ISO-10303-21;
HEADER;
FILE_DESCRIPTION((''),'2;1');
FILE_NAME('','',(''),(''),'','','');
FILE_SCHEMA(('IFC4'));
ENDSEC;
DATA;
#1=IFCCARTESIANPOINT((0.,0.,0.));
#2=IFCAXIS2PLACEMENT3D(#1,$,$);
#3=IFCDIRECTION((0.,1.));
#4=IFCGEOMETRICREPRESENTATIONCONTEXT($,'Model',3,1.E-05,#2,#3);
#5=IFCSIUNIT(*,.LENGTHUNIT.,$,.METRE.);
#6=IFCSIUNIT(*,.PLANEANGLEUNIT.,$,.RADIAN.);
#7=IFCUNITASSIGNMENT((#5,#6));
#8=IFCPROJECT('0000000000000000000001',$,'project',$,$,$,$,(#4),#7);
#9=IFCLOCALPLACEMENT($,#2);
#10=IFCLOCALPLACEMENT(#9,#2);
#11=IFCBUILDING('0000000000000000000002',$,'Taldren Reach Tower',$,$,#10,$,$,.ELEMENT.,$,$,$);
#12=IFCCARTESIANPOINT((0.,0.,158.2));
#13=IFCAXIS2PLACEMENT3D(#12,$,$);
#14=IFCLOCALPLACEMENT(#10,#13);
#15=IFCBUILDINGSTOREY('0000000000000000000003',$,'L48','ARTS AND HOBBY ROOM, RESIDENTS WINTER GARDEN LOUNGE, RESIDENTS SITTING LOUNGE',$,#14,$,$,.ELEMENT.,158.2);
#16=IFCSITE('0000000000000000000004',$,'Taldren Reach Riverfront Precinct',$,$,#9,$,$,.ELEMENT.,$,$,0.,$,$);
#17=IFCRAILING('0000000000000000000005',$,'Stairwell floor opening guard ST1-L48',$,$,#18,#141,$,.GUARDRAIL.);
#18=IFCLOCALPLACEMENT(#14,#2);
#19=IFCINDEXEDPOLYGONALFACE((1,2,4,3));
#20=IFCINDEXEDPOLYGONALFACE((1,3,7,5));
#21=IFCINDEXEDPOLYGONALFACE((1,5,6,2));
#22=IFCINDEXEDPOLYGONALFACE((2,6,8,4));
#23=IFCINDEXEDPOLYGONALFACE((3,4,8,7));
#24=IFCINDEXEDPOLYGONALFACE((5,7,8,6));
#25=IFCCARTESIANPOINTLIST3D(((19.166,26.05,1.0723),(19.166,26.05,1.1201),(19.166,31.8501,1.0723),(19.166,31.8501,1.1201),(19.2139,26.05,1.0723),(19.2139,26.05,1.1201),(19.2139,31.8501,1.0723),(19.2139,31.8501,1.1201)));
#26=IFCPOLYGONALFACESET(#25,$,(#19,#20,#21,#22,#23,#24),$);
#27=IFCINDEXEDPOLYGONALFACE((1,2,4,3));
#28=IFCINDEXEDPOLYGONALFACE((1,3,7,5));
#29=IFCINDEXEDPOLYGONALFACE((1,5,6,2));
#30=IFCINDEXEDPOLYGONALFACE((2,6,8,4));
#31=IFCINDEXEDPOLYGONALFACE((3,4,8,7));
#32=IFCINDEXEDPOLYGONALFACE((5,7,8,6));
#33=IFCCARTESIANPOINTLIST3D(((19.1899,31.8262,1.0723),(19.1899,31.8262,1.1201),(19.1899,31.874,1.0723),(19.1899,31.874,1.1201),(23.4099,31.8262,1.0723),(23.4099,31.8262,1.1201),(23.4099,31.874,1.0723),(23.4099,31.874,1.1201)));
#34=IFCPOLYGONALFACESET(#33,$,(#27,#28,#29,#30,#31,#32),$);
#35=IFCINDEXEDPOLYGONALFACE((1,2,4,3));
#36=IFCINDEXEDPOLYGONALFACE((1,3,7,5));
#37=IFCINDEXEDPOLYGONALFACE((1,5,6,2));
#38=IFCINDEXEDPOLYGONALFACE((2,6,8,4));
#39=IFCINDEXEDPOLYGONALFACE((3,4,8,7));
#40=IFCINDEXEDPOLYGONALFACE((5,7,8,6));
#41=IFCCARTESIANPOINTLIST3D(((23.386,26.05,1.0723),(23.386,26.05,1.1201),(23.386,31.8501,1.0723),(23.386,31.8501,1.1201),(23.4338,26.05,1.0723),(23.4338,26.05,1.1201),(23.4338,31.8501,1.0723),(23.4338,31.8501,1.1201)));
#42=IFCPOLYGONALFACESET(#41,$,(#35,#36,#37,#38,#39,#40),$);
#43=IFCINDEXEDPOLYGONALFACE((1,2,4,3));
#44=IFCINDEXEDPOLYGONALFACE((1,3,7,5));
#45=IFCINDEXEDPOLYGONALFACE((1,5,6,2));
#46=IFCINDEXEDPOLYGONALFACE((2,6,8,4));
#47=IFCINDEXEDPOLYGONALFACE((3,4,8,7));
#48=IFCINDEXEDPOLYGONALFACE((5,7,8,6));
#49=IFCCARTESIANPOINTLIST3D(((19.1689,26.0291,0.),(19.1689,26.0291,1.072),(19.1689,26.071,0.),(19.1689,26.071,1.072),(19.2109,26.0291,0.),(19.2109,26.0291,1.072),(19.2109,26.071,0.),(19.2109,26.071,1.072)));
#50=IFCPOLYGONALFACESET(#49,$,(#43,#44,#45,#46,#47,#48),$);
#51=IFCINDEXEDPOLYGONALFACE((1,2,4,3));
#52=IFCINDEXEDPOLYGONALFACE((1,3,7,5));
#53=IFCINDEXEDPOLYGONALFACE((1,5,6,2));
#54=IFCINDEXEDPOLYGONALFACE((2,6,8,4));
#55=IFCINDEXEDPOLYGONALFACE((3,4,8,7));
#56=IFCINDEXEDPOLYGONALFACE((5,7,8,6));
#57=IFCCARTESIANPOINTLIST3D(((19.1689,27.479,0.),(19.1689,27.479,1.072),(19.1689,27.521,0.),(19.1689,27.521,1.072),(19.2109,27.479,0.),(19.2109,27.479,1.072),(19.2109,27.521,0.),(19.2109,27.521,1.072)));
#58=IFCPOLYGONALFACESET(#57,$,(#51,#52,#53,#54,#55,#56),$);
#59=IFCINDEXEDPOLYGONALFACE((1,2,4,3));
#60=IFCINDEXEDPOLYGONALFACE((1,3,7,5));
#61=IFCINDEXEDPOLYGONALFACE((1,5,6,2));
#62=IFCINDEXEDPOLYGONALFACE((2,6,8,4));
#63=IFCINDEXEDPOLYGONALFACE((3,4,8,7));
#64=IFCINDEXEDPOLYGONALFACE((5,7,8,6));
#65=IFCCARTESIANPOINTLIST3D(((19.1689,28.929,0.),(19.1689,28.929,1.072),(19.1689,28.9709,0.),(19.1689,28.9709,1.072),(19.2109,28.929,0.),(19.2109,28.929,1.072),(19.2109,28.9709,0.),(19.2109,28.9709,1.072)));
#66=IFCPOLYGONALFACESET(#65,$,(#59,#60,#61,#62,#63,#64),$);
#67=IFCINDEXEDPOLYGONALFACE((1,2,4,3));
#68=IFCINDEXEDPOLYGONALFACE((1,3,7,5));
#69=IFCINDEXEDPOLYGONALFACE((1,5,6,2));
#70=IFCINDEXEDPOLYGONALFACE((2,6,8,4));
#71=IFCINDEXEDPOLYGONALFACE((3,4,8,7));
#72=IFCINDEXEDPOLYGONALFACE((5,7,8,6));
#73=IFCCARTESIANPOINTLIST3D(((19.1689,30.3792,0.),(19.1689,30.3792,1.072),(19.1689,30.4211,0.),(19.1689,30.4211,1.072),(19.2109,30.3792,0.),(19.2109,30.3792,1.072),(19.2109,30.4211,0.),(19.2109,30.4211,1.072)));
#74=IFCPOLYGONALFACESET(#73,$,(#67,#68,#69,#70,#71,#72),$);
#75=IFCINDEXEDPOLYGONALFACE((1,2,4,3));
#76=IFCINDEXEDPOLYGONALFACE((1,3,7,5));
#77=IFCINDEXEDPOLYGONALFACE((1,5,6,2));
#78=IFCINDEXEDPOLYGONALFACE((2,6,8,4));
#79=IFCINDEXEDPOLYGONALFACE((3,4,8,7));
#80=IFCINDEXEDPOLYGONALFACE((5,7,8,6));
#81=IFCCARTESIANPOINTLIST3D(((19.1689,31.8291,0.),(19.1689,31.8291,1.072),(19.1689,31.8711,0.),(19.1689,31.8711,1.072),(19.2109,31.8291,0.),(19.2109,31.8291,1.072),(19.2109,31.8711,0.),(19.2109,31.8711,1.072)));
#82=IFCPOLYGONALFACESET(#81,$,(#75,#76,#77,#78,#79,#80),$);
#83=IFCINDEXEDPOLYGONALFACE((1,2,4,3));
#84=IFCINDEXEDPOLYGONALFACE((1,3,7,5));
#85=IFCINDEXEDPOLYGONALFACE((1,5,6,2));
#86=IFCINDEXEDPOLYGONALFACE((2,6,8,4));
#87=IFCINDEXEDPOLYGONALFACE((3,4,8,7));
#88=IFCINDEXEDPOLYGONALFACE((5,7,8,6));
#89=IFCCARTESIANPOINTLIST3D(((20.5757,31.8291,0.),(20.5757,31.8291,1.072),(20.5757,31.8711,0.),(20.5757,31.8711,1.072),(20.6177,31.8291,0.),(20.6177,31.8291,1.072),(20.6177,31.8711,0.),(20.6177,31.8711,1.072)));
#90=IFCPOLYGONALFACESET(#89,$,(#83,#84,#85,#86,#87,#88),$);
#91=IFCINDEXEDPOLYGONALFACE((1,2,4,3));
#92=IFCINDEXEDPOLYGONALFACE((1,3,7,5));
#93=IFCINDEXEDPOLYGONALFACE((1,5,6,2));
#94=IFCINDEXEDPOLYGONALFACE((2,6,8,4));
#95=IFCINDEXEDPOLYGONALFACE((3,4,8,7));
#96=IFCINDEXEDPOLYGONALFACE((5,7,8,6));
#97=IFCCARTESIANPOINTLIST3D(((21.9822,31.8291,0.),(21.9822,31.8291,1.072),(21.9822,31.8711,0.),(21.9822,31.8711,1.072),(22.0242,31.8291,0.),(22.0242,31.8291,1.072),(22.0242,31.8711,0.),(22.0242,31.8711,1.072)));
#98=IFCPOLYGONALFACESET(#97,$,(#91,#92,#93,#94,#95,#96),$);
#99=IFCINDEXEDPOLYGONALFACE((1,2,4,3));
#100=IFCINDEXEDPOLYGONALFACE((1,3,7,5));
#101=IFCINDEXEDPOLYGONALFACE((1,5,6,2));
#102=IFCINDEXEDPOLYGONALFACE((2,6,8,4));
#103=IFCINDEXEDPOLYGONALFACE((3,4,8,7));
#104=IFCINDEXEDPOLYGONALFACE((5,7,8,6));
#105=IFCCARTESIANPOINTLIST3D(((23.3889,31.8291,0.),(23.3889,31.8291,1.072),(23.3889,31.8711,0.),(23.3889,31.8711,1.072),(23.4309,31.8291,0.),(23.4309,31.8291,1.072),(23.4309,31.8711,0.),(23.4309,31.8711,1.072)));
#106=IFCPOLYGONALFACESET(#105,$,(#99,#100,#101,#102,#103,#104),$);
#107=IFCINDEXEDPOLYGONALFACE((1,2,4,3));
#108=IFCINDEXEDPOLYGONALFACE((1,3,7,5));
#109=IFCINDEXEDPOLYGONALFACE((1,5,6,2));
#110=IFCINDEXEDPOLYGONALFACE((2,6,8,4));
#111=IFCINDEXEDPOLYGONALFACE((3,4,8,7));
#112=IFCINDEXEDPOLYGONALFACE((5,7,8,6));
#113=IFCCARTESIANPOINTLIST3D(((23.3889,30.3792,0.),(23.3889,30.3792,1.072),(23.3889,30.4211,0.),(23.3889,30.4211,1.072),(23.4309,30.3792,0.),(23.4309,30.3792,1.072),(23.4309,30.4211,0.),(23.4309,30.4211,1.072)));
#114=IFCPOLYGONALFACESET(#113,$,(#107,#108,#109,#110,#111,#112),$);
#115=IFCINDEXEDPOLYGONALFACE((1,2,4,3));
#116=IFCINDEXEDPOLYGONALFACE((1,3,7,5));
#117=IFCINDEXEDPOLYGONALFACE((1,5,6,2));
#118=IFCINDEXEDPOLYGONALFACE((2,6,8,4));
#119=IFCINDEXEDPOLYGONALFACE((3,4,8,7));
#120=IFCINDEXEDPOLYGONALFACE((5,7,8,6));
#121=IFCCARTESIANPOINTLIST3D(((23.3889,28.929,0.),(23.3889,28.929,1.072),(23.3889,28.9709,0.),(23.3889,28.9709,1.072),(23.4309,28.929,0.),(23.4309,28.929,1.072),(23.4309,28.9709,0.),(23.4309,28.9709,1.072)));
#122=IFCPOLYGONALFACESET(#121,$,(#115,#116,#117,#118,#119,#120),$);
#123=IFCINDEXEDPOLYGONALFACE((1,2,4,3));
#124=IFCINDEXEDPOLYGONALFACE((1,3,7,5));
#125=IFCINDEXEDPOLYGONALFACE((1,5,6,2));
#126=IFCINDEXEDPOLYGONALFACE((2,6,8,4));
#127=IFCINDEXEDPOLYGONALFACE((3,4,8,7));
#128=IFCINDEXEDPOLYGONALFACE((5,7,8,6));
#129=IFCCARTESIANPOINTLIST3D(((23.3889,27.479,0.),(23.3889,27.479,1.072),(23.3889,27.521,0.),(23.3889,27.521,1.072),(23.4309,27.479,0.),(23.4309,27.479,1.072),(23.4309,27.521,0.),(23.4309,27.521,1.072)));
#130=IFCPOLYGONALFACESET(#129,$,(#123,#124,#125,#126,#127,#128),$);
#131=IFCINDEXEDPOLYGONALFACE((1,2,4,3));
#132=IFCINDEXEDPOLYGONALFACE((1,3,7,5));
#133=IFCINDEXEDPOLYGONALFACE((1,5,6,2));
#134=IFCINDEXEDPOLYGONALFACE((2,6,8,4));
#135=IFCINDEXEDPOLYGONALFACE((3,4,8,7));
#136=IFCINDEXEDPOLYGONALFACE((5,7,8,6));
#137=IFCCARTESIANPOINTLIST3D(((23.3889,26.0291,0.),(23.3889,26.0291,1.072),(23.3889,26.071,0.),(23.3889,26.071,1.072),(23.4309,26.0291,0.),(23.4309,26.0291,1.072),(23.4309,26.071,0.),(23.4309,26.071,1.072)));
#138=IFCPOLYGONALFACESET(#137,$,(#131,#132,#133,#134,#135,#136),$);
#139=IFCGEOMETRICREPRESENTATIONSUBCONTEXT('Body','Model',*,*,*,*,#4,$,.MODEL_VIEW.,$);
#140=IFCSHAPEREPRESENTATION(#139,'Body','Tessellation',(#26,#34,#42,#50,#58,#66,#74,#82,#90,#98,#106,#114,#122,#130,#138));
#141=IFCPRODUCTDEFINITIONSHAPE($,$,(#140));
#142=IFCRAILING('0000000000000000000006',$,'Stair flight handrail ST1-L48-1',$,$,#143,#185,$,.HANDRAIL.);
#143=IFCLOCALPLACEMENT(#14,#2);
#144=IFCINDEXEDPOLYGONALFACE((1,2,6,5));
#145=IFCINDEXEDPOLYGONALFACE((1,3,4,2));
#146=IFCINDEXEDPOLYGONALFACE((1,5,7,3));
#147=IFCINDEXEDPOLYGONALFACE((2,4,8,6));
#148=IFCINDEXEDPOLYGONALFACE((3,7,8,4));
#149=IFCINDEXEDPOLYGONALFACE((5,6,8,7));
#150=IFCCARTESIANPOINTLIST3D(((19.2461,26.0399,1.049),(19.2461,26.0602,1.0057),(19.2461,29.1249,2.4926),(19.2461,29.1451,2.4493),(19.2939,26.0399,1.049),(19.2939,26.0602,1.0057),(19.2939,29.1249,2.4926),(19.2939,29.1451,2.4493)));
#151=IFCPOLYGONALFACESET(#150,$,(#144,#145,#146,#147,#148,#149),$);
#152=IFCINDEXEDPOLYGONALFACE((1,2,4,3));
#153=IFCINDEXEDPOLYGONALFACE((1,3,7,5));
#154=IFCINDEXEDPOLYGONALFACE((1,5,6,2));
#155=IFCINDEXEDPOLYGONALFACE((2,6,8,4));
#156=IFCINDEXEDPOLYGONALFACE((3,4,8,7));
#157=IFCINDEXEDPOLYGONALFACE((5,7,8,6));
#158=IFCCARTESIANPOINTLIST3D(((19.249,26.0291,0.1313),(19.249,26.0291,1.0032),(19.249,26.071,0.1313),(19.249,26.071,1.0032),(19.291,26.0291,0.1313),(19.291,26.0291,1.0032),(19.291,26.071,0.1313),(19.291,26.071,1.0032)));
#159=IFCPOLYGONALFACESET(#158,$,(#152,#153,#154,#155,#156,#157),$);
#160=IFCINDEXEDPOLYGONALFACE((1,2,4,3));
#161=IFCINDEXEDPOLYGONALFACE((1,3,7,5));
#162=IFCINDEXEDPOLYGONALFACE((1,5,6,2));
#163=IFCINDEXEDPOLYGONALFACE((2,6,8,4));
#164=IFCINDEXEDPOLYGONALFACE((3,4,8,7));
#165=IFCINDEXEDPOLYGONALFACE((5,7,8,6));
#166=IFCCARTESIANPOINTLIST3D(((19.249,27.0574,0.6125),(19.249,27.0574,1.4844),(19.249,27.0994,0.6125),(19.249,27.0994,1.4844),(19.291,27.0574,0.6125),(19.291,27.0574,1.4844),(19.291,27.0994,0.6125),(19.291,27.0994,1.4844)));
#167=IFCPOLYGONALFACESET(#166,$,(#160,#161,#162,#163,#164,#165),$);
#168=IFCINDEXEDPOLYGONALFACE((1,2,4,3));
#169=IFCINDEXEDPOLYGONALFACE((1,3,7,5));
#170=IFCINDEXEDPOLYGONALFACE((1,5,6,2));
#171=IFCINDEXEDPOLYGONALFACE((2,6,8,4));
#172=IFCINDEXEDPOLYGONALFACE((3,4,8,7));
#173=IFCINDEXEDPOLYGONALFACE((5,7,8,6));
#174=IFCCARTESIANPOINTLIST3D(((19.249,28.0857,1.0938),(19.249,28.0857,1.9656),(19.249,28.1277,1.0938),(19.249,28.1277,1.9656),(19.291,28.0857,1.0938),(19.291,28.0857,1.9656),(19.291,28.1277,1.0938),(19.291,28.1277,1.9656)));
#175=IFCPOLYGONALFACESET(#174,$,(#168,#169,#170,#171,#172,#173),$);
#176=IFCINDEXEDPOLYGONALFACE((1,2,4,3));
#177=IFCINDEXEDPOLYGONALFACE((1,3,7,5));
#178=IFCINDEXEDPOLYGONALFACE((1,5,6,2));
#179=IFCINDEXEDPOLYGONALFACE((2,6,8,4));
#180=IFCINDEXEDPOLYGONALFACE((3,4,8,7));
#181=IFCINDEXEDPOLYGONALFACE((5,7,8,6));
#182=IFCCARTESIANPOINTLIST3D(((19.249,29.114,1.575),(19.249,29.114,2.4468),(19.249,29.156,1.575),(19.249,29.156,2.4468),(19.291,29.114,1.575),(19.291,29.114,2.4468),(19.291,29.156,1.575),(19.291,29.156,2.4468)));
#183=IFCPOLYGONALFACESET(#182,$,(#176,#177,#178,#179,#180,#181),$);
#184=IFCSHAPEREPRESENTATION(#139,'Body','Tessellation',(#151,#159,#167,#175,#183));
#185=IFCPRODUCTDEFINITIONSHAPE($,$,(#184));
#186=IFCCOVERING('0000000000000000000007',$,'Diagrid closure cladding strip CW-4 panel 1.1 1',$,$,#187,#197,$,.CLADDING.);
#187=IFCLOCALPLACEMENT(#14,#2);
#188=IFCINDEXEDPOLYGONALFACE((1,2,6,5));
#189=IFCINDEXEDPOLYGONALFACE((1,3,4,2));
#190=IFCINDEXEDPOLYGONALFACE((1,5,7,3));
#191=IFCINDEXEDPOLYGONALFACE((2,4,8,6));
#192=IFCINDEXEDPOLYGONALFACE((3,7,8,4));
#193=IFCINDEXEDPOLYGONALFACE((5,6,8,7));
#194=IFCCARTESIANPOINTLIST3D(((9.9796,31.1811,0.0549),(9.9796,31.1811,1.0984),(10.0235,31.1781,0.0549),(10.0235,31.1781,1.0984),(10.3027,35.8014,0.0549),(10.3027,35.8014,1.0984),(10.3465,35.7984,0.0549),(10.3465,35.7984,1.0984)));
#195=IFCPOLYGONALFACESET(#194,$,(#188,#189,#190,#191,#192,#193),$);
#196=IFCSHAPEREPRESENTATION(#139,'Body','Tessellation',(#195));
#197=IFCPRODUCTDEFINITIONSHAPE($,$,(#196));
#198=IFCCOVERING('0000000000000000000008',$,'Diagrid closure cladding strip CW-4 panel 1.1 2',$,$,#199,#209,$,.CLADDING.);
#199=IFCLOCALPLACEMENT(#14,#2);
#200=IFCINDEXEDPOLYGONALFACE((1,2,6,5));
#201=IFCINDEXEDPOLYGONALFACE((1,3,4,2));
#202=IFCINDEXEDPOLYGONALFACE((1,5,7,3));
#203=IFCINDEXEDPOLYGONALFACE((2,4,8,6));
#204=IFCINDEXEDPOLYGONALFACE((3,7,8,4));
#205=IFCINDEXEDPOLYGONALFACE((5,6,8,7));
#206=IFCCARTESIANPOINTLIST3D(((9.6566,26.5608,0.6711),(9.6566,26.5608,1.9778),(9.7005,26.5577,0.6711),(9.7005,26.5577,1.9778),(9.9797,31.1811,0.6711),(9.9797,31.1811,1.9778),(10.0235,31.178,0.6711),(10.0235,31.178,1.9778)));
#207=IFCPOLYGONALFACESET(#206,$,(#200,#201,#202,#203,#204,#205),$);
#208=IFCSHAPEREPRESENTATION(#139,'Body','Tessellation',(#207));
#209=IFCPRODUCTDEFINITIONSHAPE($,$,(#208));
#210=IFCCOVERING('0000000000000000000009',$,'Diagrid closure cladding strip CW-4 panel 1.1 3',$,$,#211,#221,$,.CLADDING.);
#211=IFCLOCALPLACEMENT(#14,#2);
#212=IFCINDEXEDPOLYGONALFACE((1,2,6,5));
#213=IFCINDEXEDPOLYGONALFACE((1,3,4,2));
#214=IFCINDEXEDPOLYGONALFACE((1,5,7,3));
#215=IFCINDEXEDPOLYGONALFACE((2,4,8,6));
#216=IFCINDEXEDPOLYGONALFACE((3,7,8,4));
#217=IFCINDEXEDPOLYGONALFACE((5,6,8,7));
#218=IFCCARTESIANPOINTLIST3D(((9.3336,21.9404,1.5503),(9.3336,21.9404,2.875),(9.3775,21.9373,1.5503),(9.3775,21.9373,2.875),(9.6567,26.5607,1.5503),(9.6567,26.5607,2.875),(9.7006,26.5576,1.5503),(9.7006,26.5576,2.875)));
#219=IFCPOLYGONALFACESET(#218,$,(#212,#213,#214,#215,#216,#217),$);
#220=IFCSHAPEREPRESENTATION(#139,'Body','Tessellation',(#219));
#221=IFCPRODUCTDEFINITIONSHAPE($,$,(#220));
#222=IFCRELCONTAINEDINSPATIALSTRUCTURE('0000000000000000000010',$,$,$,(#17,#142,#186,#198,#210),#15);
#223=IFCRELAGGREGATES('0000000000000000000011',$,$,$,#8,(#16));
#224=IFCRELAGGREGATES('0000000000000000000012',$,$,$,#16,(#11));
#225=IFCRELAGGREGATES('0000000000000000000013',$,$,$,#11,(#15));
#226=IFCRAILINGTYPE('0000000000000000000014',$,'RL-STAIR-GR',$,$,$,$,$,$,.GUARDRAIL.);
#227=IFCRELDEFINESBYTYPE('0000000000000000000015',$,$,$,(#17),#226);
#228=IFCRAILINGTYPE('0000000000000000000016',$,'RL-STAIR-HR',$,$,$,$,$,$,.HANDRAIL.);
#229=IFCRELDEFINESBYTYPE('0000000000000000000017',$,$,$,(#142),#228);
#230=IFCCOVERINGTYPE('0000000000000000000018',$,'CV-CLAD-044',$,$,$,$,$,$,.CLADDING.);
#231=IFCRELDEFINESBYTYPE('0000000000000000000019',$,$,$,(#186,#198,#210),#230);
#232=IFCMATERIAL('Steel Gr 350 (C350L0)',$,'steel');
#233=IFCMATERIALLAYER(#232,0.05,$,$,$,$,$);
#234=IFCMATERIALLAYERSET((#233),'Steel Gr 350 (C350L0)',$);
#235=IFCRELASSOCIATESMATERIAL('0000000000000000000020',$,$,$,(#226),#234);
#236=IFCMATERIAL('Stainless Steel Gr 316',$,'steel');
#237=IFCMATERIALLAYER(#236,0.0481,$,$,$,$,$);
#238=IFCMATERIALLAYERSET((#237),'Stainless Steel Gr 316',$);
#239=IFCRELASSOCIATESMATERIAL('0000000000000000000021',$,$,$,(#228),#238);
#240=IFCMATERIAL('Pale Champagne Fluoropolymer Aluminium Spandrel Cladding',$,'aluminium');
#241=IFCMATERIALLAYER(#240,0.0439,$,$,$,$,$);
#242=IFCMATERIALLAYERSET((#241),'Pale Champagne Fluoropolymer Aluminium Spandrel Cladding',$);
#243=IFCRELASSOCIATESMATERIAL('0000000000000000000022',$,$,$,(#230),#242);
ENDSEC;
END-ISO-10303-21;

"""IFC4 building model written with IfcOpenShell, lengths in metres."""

from ifc_helpers import new_model, si_unit, direction, frame, origin, origin_2d, place, context, subcontext, project, spatial, rectangle, extrude, source, transform, mapped, material, layer, layer_set, type_object, element, save


model = new_model("IFC4")

# Units and contexts
model_context = context("Model", 3, precision=1e-05, world=origin(), true_north=direction((0.0, 1.0)))
body_context = subcontext(model_context, "Body", "Model", "MODEL_VIEW")
ifc_project = project(units=[si_unit("LENGTHUNIT", "METRE"), si_unit("PLANEANGLEUNIT", "RADIAN")], contexts=[model_context])

# Site, building, storey
site_placement = place(None, origin())
site = spatial("IfcSite", under=ifc_project, at=site_placement, Name="Taldren Reach Riverfront Precinct", CompositionType="ELEMENT", RefElevation=0.0)
building_placement = place(site_placement, origin())
building = spatial("IfcBuilding", under=site, at=building_placement, Name="Taldren Reach Tower", CompositionType="ELEMENT")
storey_placement = place(building_placement, frame((0.0, 0.0, 158.2)))
storey = spatial("IfcBuildingStorey", under=building, at=storey_placement, Name="L48", Description="ARTS AND HOBBY ROOM, RESIDENTS WINTER GARDEN LOUNGE, RESIDENTS SITTING LOUNGE", CompositionType="ELEMENT", Elevation=158.2)

# Shared definitions
ifc_material_1 = material(Name="Steel Gr 350 (C350L0)", Category="steel")

# Railings
ifc_layer_1 = layer(ifc_material_1, 0.05)
ifc_layer_set_1 = layer_set([ifc_layer_1], Name="Steel Gr 350 (C350L0)")
railing_type_1 = type_object("IfcRailingType", Name="RL-STAIR-GR", PredefinedType="GUARDRAIL", material=ifc_layer_set_1)
railing_1_placement = place(storey_placement, frame((19.1899, 26.05, 0.0)))
element("IfcRailing", 1, at=railing_1_placement, inside=storey, type_object=railing_type_1, Name="Stairwell floor opening guard ST1-L48", PredefinedType="GUARDRAIL", context=body_context, shape_type="SweptSolid", body=[
    extrude(rectangle(XDim=0.0479, YDim=0.0479, at=origin_2d()), frame((0.0, 0.0, 1.0962), z_axis=(0.0, 1.0, 0.0), x_axis=(-1.0, 0.0, 0.0)), (0.0, 0.0, 1.0), 5.8),
    extrude(rectangle(XDim=0.0479, YDim=0.0479, at=origin_2d()), frame((0.0, 5.8, 1.0962), z_axis=(1.0, 0.0, 0.0), x_axis=(0.0, 1.0, 0.0)), (0.0, 0.0, 1.0), 4.22),
    extrude(rectangle(XDim=0.0479, YDim=0.0479, at=origin_2d()), frame((4.22, 5.8, 1.0962), z_axis=(0.0, -1.0, 0.0), x_axis=(1.0, 0.0, 0.0)), (0.0, 0.0, 1.0), 5.8),
    extrude(rectangle(XDim=0.042, YDim=0.042, at=origin_2d()), origin(), (0.0, 0.0, 1.0), 1.072),
    extrude(rectangle(XDim=0.042, YDim=0.042, at=origin_2d()), frame((0.0, 1.45, 0.0)), (0.0, 0.0, 1.0), 1.072),
    extrude(rectangle(XDim=0.042, YDim=0.042, at=origin_2d()), frame((0.0, 2.8999, 0.0)), (0.0, 0.0, 1.0), 1.072),
    extrude(rectangle(XDim=0.042, YDim=0.042, at=origin_2d()), frame((0.0, 4.3501, 0.0)), (0.0, 0.0, 1.0), 1.072),
    extrude(rectangle(XDim=0.042, YDim=0.042, at=origin_2d()), frame((0.0, 5.8, 0.0)), (0.0, 0.0, 1.0), 1.072),
    extrude(rectangle(XDim=0.042, YDim=0.042, at=origin_2d()), frame((1.4067, 5.8, 0.0)), (0.0, 0.0, 1.0), 1.072),
    extrude(rectangle(XDim=0.042, YDim=0.042, at=origin_2d()), frame((2.8132, 5.8, 0.0)), (0.0, 0.0, 1.0), 1.072),
    extrude(rectangle(XDim=0.042, YDim=0.042, at=origin_2d()), frame((4.22, 5.8, 0.0)), (0.0, 0.0, 1.0), 1.072),
    extrude(rectangle(XDim=0.042, YDim=0.042, at=origin_2d()), frame((4.22, 4.3501, 0.0)), (0.0, 0.0, 1.0), 1.072),
    extrude(rectangle(XDim=0.042, YDim=0.042, at=origin_2d()), frame((4.22, 2.8999, 0.0)), (0.0, 0.0, 1.0), 1.072),
    extrude(rectangle(XDim=0.042, YDim=0.042, at=origin_2d()), frame((4.22, 1.45, 0.0)), (0.0, 0.0, 1.0), 1.072),
    extrude(rectangle(XDim=0.042, YDim=0.042, at=origin_2d()), frame((4.22, 0.0, 0.0)), (0.0, 0.0, 1.0), 1.072),
])
ifc_material_2 = material(Name="Stainless Steel Gr 316", Category="steel")
ifc_layer_2 = layer(ifc_material_2, 0.0481)
ifc_layer_set_2 = layer_set([ifc_layer_2], Name="Stainless Steel Gr 316")
railing_type_2 = type_object("IfcRailingType", Name="RL-STAIR-HR", PredefinedType="HANDRAIL", material=ifc_layer_set_2)
railing_2_placement = place(storey_placement, frame((19.27, 26.05, 0.1313)))
element("IfcRailing", 2, at=railing_2_placement, inside=storey, type_object=railing_type_2, Name="Stair flight handrail ST1-L48-1", PredefinedType="HANDRAIL", context=body_context, shape_type="SweptSolid", body=[
    extrude(rectangle(XDim=0.0479, YDim=0.0479, at=origin_2d()), frame((0.0, 0.0, 0.896), z_axis=(0.0, 0.905738, 0.423839), x_axis=(-1.0, 0.0, 0.0)), (0.0, 0.0, 1.0), 3.406),
    extrude(rectangle(XDim=0.042, YDim=0.042, at=origin_2d()), origin(), (0.0, 0.0, 1.0), 0.8718),
    extrude(rectangle(XDim=0.042, YDim=0.042, at=origin_2d()), frame((0.0, 1.0283, 0.4812)), (0.0, 0.0, 1.0), 0.8718),
    extrude(rectangle(XDim=0.042, YDim=0.042, at=origin_2d()), frame((0.0, 2.0566, 0.9624)), (0.0, 0.0, 1.0), 0.8718),
    extrude(rectangle(XDim=0.042, YDim=0.042, at=origin_2d()), frame((0.0, 3.085, 1.4436)), (0.0, 0.0, 1.0), 0.8718),
])

# Coverings
ifc_material_3 = material(Name="Pale Champagne Fluoropolymer Aluminium Spandrel Cladding", Category="aluminium")
ifc_layer_3 = layer(ifc_material_3, 0.0439)
ifc_layer_set_3 = layer_set([ifc_layer_3], Name="Pale Champagne Fluoropolymer Aluminium Spandrel Cladding")
covering_type = type_object("IfcCoveringType", Name="CV-CLAD-044", PredefinedType="CLADDING", material=ifc_layer_set_3)
shared_shape_1 = source(origin(), body_context, "Body", "SweptSolid", [
    extrude(rectangle(XDim=4.6316, YDim=0.0439, at=origin_2d()), origin(), (0.0, 0.0, 1.0), 1.0435),
])
covering_1_placement = place(storey_placement, frame((10.1631, 33.4897, 0.0549), z_axis=(0.0, 0.0, 1.0), x_axis=(-0.069756, -0.997564, 0.0)))
element("IfcCovering", 3, at=covering_1_placement, inside=storey, type_object=covering_type, Name="Diagrid closure cladding strip CW-4 panel 1.1 1", PredefinedType="CLADDING", context=body_context, shape_type="MappedRepresentation", body=[
    mapped(shared_shape_1, transform((0.0, 0.0, 0.0), scale=1.0)),
])
shared_shape_2 = source(origin(), body_context, "Body", "SweptSolid", [
    extrude(rectangle(XDim=4.6316, YDim=0.0439, at=origin_2d()), origin(), (0.0, 0.0, 1.0), 1.3066),
])
covering_2_placement = place(storey_placement, frame((9.8401, 28.8694, 0.6711), z_axis=(0.0, 0.0, 1.0), x_axis=(-0.069756, -0.997564, 0.0)))
element("IfcCovering", 4, at=covering_2_placement, inside=storey, type_object=covering_type, Name="Diagrid closure cladding strip CW-4 panel 1.1 2", PredefinedType="CLADDING", context=body_context, shape_type="MappedRepresentation", body=[
    mapped(shared_shape_2, transform((0.0, 0.0, 0.0), scale=1.0)),
])
shared_shape_3 = source(origin(), body_context, "Body", "SweptSolid", [
    extrude(rectangle(XDim=4.6316, YDim=0.0439, at=origin_2d()), origin(), (0.0, 0.0, 1.0), 1.3247),
])
covering_3_placement = place(storey_placement, frame((9.5171, 24.249, 1.5503), z_axis=(0.0, 0.0, 1.0), x_axis=(-0.069756, -0.997564, 0.0)))
element("IfcCovering", 5, at=covering_3_placement, inside=storey, type_object=covering_type, Name="Diagrid closure cladding strip CW-4 panel 1.1 3", PredefinedType="CLADDING", context=body_context, shape_type="MappedRepresentation", body=[
    mapped(shared_shape_3, transform((0.0, 0.0, 0.0), scale=1.0)),
])

save(model, "model.ifc")
